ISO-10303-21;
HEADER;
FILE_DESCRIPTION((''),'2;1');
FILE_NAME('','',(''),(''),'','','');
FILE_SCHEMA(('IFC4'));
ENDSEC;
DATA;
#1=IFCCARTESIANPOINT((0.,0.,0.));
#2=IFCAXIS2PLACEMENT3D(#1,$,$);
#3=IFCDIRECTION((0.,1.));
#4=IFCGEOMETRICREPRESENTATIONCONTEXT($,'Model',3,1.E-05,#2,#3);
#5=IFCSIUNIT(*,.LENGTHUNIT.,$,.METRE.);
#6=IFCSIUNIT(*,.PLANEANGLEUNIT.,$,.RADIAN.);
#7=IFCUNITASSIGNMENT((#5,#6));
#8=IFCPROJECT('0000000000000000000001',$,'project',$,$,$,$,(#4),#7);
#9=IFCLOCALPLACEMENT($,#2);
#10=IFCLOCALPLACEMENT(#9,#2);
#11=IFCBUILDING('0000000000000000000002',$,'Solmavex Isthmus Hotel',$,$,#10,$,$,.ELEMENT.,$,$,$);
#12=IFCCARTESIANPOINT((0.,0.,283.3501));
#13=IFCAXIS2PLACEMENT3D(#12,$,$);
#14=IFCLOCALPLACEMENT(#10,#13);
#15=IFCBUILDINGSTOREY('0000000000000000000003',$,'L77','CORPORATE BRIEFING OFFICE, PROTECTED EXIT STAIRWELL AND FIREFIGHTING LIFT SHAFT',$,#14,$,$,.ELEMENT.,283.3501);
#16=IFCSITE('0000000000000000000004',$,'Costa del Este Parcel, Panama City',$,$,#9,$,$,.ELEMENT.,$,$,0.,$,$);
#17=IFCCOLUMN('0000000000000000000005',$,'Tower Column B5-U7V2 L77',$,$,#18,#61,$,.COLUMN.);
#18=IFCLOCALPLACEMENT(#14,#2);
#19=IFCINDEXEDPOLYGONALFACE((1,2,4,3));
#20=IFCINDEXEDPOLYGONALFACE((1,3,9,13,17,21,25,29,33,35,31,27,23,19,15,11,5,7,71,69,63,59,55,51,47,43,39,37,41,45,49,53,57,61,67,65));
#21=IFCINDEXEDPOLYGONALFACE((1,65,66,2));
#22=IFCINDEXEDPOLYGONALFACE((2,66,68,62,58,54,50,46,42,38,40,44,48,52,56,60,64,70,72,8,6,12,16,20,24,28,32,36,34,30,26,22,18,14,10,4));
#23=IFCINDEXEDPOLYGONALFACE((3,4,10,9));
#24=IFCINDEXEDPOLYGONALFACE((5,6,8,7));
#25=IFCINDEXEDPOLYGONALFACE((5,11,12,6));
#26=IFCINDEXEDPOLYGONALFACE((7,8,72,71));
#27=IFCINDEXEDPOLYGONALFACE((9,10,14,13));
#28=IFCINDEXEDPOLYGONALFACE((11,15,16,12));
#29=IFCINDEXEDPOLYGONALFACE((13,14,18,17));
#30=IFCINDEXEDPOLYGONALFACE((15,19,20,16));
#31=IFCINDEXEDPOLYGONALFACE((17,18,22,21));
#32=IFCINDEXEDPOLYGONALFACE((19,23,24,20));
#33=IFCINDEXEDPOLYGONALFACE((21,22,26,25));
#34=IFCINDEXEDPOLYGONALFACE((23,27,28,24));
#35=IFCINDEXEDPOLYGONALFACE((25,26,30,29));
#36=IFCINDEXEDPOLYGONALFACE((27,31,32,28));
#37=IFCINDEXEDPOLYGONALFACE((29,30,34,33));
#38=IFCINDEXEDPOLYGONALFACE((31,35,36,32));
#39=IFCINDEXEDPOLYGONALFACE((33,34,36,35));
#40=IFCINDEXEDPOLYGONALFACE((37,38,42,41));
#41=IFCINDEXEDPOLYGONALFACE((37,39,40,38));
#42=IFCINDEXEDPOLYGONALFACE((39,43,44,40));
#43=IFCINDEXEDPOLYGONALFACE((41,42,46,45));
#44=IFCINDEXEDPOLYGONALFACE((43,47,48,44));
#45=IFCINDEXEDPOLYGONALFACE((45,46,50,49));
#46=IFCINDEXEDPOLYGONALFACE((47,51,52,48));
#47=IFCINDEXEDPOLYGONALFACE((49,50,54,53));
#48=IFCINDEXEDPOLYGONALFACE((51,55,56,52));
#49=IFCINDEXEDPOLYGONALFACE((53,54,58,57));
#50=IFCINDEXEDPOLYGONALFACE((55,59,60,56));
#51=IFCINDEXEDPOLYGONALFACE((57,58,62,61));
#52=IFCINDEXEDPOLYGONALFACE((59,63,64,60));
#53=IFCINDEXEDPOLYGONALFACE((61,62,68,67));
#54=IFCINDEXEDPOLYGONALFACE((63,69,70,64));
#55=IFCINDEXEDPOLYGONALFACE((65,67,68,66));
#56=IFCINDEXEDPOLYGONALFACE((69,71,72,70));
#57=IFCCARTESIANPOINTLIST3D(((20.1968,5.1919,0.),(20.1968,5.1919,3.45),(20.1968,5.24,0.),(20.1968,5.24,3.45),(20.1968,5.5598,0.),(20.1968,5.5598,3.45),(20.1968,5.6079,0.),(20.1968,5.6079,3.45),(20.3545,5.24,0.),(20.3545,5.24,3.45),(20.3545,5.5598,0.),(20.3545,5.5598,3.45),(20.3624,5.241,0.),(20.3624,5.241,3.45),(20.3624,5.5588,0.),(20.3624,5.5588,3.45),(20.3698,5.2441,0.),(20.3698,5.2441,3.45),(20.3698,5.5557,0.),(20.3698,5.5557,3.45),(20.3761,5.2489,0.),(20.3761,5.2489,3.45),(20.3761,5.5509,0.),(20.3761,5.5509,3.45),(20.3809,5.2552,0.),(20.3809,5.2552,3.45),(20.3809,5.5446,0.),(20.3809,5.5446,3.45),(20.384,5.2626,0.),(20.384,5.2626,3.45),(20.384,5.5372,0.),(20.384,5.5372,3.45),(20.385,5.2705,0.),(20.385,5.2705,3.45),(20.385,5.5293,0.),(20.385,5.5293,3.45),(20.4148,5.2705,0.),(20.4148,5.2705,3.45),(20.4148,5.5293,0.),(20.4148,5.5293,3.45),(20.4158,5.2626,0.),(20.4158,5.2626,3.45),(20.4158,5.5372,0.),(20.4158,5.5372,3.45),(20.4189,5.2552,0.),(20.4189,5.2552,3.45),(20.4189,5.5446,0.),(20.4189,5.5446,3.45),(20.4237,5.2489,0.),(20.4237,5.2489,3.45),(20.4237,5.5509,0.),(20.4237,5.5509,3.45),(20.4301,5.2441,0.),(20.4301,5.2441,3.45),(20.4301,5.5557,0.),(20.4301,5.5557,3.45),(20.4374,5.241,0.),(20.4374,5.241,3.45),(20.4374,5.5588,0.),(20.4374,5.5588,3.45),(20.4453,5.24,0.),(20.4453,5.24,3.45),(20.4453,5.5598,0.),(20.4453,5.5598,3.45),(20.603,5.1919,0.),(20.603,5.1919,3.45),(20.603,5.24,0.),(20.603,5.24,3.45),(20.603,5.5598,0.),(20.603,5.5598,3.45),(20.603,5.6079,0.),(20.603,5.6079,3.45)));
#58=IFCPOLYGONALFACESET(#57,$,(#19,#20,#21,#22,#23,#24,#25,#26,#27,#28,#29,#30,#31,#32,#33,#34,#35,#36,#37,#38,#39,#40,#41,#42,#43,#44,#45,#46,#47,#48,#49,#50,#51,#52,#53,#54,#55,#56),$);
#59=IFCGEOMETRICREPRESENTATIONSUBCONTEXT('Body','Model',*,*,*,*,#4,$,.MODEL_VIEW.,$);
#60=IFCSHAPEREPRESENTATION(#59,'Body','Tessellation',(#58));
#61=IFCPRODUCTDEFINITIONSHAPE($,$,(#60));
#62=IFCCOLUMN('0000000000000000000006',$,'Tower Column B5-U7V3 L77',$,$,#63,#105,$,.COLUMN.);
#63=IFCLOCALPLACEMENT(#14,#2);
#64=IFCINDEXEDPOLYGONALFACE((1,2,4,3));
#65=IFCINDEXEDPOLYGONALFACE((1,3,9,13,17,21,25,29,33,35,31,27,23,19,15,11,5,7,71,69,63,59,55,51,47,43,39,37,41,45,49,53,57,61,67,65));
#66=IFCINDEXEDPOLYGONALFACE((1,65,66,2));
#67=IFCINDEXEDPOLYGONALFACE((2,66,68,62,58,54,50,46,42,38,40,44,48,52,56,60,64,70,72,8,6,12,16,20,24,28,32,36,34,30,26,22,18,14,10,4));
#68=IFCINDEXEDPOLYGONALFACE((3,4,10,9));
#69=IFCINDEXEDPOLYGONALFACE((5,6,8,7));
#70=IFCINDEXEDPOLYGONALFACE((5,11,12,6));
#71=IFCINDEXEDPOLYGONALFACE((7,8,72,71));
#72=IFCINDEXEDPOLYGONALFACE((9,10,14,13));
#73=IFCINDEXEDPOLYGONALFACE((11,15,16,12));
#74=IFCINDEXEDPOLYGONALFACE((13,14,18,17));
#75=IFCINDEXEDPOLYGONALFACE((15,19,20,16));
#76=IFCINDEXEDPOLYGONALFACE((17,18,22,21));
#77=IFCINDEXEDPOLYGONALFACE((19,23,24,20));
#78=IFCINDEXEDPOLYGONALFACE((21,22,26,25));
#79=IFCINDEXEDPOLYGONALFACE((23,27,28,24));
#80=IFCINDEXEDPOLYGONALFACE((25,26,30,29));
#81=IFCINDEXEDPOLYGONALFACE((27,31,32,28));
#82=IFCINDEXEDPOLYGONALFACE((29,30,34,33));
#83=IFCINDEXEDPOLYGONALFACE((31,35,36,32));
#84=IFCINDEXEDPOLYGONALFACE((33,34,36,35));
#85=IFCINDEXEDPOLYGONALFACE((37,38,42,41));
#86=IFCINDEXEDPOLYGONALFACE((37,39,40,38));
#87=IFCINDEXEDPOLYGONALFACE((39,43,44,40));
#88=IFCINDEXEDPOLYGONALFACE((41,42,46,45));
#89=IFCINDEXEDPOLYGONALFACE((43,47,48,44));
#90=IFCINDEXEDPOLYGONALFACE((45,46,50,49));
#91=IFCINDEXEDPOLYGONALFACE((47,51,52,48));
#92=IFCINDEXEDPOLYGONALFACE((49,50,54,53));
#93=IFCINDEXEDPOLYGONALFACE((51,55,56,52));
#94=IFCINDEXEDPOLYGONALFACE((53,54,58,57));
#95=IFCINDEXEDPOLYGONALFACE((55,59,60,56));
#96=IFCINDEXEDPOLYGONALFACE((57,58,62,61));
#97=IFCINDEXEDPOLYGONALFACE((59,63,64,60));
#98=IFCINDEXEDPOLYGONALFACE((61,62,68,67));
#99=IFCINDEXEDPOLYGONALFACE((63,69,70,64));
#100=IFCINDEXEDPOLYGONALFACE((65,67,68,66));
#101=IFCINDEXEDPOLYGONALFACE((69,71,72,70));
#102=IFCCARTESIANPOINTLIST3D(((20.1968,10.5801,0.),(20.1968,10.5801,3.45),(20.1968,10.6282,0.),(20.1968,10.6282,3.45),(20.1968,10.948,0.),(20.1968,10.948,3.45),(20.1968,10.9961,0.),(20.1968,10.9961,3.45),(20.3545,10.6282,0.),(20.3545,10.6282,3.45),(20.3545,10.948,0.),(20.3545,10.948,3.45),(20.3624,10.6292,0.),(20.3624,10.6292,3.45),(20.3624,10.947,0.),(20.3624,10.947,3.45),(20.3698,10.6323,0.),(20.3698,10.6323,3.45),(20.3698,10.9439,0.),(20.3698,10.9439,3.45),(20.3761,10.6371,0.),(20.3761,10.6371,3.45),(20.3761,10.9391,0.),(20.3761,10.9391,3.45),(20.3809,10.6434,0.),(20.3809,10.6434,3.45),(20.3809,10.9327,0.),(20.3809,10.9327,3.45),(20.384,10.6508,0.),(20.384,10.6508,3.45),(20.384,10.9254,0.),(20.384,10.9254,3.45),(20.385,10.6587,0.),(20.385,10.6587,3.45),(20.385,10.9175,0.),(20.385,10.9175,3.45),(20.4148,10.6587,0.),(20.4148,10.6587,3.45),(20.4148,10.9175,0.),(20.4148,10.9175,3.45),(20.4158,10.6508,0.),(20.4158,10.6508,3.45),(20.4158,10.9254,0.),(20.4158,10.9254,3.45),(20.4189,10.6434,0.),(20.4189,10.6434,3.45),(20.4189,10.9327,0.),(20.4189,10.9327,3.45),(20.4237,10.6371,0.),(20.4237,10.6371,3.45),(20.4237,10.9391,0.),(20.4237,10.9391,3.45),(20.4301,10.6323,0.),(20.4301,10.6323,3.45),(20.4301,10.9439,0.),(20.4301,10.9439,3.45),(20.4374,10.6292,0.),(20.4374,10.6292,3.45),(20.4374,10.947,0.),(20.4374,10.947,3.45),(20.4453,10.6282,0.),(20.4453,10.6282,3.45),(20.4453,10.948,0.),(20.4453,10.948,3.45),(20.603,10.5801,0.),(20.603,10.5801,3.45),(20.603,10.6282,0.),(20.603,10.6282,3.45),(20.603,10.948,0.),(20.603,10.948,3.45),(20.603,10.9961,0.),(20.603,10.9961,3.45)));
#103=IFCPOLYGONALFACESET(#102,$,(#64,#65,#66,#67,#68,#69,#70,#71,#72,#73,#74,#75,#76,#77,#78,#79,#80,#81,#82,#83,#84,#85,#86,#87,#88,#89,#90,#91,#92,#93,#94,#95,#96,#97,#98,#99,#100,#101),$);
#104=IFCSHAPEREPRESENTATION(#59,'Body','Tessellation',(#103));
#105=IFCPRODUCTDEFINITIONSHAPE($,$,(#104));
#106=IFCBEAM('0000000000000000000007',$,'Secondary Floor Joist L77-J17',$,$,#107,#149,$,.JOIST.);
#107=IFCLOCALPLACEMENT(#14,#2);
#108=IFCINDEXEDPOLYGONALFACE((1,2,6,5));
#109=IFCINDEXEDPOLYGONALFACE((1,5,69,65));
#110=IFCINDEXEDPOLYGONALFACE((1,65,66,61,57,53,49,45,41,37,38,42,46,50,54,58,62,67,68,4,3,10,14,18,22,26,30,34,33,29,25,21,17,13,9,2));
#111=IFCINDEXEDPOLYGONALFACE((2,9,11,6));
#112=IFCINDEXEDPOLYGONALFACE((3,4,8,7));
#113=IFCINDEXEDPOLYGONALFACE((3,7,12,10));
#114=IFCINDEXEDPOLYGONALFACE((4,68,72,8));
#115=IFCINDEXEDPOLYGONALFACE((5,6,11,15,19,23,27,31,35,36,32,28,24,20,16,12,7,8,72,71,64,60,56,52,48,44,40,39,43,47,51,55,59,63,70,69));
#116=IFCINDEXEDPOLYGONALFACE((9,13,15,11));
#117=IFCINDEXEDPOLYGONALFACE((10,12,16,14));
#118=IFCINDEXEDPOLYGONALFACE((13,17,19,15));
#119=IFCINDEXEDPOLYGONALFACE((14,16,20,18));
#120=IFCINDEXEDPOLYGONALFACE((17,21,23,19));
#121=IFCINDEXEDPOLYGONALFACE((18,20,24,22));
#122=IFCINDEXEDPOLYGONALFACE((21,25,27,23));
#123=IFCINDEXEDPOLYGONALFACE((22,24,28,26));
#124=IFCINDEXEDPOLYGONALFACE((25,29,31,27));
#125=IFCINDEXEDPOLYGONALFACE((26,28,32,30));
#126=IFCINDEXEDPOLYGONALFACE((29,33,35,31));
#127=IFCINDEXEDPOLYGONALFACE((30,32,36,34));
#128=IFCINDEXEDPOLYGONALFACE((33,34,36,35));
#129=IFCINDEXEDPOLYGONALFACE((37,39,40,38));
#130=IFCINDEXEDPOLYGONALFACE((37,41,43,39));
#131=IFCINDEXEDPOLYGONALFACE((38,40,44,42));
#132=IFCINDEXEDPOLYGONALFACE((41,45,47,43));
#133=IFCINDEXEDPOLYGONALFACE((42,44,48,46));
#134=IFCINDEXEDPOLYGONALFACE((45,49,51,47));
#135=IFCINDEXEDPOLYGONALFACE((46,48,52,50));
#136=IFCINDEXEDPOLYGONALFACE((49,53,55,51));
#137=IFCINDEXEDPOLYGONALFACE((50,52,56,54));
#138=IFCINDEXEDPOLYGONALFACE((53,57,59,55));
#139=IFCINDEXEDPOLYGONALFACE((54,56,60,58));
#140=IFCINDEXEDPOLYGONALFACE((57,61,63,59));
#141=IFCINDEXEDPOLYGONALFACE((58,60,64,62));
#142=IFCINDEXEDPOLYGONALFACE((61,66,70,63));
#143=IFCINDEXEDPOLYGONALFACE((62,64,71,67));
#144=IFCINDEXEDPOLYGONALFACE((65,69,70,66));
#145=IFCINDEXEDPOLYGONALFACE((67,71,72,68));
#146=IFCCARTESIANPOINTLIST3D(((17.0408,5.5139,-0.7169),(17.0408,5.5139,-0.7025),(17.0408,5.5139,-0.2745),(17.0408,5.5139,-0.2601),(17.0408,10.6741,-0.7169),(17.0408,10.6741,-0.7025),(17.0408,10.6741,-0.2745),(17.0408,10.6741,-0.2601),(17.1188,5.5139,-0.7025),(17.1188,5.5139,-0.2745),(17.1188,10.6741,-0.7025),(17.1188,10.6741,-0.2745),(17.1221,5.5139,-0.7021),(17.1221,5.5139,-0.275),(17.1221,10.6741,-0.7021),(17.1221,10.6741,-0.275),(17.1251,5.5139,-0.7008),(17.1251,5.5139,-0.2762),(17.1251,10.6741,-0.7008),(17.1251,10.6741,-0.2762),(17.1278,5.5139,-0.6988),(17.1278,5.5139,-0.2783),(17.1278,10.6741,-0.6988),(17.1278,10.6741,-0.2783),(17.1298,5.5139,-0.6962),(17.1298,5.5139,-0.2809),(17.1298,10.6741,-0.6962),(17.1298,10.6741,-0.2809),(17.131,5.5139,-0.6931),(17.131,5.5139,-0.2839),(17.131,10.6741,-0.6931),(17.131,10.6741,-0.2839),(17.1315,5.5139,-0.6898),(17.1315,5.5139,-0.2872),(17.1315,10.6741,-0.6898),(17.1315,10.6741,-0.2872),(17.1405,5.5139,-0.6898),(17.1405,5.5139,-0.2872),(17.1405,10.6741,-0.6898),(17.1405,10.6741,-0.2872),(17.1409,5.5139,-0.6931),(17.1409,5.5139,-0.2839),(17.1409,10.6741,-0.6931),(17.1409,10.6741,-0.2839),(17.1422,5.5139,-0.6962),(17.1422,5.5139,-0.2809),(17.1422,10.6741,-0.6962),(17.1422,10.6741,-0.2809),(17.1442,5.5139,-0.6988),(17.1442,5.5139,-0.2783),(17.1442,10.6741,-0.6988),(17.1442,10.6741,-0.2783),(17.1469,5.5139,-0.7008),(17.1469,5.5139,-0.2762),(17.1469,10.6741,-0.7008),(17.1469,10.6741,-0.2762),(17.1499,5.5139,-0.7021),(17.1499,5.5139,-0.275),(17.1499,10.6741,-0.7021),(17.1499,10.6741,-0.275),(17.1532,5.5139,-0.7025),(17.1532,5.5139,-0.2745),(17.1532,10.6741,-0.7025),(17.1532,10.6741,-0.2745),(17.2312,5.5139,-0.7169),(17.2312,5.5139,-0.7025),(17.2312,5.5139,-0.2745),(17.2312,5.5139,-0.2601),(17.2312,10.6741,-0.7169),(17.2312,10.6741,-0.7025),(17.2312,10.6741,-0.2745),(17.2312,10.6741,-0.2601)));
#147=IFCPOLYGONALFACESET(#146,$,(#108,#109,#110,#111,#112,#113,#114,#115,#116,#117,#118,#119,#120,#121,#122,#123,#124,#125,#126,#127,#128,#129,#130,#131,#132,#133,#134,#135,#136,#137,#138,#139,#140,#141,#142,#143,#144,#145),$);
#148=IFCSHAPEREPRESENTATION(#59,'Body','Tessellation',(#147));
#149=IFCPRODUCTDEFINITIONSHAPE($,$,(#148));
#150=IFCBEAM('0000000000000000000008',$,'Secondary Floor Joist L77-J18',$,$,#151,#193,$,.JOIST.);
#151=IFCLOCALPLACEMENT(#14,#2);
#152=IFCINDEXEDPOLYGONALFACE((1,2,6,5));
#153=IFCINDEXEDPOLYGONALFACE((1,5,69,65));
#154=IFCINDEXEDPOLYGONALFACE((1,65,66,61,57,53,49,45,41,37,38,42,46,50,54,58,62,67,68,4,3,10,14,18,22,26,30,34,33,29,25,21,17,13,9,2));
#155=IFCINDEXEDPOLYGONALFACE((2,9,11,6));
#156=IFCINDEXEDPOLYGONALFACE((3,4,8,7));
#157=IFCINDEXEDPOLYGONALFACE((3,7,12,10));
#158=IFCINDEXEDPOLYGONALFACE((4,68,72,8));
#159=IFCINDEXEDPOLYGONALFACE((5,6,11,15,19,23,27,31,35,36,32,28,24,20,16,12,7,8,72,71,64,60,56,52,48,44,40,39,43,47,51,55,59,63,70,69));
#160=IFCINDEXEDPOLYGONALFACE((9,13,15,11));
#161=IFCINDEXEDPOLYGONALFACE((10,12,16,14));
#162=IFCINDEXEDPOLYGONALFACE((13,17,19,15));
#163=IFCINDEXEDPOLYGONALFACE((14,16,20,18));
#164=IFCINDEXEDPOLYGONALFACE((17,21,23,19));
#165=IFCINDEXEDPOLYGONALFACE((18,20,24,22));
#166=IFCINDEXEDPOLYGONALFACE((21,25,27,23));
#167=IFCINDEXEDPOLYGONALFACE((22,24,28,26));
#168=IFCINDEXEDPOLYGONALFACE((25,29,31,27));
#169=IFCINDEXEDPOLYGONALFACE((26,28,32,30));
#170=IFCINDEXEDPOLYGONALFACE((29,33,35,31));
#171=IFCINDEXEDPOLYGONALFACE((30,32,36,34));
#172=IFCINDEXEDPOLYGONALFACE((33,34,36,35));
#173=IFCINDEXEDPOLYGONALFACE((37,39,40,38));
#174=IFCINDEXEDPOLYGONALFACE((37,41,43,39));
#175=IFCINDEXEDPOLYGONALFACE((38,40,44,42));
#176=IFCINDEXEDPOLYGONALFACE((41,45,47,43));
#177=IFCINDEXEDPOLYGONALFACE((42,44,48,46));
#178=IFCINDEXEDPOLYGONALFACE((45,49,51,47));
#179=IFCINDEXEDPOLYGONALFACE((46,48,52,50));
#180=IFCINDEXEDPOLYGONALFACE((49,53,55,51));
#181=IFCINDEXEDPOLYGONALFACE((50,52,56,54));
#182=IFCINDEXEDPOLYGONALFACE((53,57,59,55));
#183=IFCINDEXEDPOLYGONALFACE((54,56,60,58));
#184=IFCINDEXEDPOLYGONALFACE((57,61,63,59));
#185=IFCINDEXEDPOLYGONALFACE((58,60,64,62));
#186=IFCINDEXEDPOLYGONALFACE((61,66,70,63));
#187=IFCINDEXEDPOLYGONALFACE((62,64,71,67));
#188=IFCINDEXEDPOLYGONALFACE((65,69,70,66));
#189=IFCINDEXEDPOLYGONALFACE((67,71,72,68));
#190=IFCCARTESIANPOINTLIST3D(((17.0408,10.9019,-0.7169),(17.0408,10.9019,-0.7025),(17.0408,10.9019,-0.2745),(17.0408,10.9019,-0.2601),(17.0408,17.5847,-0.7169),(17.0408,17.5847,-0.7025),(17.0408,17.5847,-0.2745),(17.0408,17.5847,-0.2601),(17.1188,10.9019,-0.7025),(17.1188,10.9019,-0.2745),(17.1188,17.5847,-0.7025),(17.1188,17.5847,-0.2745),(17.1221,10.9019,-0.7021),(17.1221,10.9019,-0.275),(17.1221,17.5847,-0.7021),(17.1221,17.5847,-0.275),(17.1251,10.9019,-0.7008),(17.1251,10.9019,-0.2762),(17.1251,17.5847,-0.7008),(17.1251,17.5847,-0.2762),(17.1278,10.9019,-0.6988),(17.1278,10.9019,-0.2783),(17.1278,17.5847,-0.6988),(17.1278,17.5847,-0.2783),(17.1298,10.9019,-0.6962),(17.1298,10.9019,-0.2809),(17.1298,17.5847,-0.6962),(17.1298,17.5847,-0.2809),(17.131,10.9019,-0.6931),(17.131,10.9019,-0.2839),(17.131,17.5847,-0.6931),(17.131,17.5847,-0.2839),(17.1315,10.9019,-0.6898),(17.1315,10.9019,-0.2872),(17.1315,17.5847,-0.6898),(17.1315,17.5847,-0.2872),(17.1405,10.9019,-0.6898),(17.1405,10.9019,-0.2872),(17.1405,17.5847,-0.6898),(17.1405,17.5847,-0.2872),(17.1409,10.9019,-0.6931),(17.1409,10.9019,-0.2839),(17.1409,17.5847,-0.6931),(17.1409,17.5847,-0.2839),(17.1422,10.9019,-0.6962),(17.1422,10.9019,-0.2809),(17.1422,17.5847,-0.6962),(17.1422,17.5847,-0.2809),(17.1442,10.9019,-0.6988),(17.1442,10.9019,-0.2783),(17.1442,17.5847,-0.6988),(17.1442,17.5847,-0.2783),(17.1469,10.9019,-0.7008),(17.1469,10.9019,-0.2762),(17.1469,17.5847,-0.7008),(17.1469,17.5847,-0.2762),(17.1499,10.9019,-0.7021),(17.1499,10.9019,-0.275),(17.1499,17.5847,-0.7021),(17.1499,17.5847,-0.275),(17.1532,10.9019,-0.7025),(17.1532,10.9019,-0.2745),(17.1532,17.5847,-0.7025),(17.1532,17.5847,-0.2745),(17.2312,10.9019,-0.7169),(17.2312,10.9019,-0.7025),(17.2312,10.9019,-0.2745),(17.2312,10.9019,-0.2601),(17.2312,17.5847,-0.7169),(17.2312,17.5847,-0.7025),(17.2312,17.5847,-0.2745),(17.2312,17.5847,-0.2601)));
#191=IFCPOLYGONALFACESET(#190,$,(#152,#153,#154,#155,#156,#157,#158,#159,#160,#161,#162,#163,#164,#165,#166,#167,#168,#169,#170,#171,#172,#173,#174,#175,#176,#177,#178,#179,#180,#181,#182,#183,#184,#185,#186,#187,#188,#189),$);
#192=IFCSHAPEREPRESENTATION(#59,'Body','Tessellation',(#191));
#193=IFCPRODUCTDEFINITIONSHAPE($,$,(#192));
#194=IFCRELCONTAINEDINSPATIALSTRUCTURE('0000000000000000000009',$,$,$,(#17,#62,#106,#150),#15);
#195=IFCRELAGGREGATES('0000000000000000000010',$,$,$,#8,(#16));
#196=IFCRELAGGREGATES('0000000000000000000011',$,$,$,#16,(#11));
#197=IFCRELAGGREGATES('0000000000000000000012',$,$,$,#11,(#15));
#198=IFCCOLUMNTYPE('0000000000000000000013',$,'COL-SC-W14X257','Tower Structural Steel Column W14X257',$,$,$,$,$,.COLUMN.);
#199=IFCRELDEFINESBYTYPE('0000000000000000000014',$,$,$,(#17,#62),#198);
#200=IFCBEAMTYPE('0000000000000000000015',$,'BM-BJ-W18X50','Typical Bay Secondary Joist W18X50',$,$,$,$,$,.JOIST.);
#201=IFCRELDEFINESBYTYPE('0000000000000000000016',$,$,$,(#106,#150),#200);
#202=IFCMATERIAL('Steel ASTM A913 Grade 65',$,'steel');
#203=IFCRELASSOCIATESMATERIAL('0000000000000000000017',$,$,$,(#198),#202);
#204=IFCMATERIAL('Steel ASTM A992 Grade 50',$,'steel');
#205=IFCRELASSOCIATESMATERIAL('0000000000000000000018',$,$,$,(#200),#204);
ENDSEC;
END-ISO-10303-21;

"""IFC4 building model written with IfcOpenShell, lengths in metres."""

from ifc_helpers import new_model, si_unit, direction, frame, origin, origin_2d, place, context, subcontext, project, spatial, i_section, extrude, material, material_profile, profile_set, type_object, element, save


model = new_model("IFC4")

# Units and contexts
model_context = context("Model", 3, precision=1e-05, world=origin(), true_north=direction((0.0, 1.0)))
body_context = subcontext(model_context, "Body", "Model", "MODEL_VIEW")
ifc_project = project(units=[si_unit("LENGTHUNIT", "METRE"), si_unit("PLANEANGLEUNIT", "RADIAN")], contexts=[model_context])

# Site, building, storey
site_placement = place(None, origin())
site = spatial("IfcSite", under=ifc_project, at=site_placement, Name="Costa del Este Parcel, Panama City", CompositionType="ELEMENT", RefElevation=0.0)
building_placement = place(site_placement, origin())
building = spatial("IfcBuilding", under=site, at=building_placement, Name="Solmavex Isthmus Hotel", CompositionType="ELEMENT")
storey_placement = place(building_placement, frame((0.0, 0.0, 283.3501)))
storey = spatial("IfcBuildingStorey", under=building, at=storey_placement, Name="L77", Description="CORPORATE BRIEFING OFFICE, PROTECTED EXIT STAIRWELL AND FIREFIGHTING LIFT SHAFT", CompositionType="ELEMENT", Elevation=283.3501)

# Columns
ifc_material_1 = material(Name="Steel ASTM A913 Grade 65", Category="steel")
ifc_material_profile_1 = material_profile(ifc_material_1, i_section(OverallWidth=0.4062, OverallDepth=0.416, WebThickness=0.0298, FlangeThickness=0.0481, FilletRadius=0.0305, at=origin_2d()), Name="W14X257")
ifc_profile_set_1 = profile_set([ifc_material_profile_1], Name="Steel ASTM A913 Grade 65")
column_type = type_object("IfcColumnType", Name="COL-SC-W14X257", Description="Tower Structural Steel Column W14X257", PredefinedType="COLUMN", material=ifc_profile_set_1)
for number, where, z_axis, x_axis, name in (
    (1, (20.3999, 5.3999, 0.0), (0.0, 0.0, 1.0), (1.0, 0.0, 0.0), "Tower Column B5-U7V2 L77"),
    (2, (20.3999, 10.7881, 0.0), (0.0, 0.0, 1.0), (1.0, 0.0, 0.0), "Tower Column B5-U7V3 L77"),
):
    element("IfcColumn", number, at=place(storey_placement, frame(where, z_axis=z_axis, x_axis=x_axis)), inside=storey, type_object=column_type, Name=name, PredefinedType="COLUMN", context=body_context, shape_type="SweptSolid", body=[
        extrude(i_section(OverallWidth=0.4062, OverallDepth=0.416, WebThickness=0.0298, FlangeThickness=0.0481, FilletRadius=0.0305, at=origin_2d()), origin(), (0.0, 0.0, 1.0), 3.45),
    ])

# Beams
ifc_material_2 = material(Name="Steel ASTM A992 Grade 50", Category="steel")
ifc_material_profile_2 = material_profile(ifc_material_2, i_section(OverallWidth=0.1904, OverallDepth=0.4568, WebThickness=0.009, FlangeThickness=0.0144, FilletRadius=0.0127, at=origin_2d()), Name="W18X50")
ifc_profile_set_2 = profile_set([ifc_material_profile_2], Name="Steel ASTM A992 Grade 50")
beam_type_1 = type_object("IfcBeamType", Name="BM-BJ-W18X50", Description="Typical Bay Secondary Joist W18X50", PredefinedType="JOIST", material=ifc_profile_set_2)
beam_1_placement = place(storey_placement, frame((17.136, 5.5139, -0.4885), z_axis=(0.0, 1.0, 0.0), x_axis=(-1.0, 0.0, 0.0)))
element("IfcBeam", 3, at=beam_1_placement, inside=storey, type_object=beam_type_1, Name="Secondary Floor Joist L77-J17", PredefinedType="JOIST", context=body_context, shape_type="SweptSolid", body=[
    extrude(i_section(OverallWidth=0.1904, OverallDepth=0.4568, WebThickness=0.009, FlangeThickness=0.0144, FilletRadius=0.0127, at=origin_2d()), origin(), (0.0, 0.0, 1.0), 5.1602),
])
beam_2_placement = place(storey_placement, frame((17.136, 10.9019, -0.4885), z_axis=(0.0, 1.0, 0.0), x_axis=(-1.0, 0.0, 0.0)))
element("IfcBeam", 4, at=beam_2_placement, inside=storey, type_object=beam_type_1, Name="Secondary Floor Joist L77-J18", PredefinedType="JOIST", context=body_context, shape_type="SweptSolid", body=[
    extrude(i_section(OverallWidth=0.1904, OverallDepth=0.4568, WebThickness=0.009, FlangeThickness=0.0144, FilletRadius=0.0127, at=origin_2d()), origin(), (0.0, 0.0, 1.0), 6.6829),
])

save(model, "model.ifc")
